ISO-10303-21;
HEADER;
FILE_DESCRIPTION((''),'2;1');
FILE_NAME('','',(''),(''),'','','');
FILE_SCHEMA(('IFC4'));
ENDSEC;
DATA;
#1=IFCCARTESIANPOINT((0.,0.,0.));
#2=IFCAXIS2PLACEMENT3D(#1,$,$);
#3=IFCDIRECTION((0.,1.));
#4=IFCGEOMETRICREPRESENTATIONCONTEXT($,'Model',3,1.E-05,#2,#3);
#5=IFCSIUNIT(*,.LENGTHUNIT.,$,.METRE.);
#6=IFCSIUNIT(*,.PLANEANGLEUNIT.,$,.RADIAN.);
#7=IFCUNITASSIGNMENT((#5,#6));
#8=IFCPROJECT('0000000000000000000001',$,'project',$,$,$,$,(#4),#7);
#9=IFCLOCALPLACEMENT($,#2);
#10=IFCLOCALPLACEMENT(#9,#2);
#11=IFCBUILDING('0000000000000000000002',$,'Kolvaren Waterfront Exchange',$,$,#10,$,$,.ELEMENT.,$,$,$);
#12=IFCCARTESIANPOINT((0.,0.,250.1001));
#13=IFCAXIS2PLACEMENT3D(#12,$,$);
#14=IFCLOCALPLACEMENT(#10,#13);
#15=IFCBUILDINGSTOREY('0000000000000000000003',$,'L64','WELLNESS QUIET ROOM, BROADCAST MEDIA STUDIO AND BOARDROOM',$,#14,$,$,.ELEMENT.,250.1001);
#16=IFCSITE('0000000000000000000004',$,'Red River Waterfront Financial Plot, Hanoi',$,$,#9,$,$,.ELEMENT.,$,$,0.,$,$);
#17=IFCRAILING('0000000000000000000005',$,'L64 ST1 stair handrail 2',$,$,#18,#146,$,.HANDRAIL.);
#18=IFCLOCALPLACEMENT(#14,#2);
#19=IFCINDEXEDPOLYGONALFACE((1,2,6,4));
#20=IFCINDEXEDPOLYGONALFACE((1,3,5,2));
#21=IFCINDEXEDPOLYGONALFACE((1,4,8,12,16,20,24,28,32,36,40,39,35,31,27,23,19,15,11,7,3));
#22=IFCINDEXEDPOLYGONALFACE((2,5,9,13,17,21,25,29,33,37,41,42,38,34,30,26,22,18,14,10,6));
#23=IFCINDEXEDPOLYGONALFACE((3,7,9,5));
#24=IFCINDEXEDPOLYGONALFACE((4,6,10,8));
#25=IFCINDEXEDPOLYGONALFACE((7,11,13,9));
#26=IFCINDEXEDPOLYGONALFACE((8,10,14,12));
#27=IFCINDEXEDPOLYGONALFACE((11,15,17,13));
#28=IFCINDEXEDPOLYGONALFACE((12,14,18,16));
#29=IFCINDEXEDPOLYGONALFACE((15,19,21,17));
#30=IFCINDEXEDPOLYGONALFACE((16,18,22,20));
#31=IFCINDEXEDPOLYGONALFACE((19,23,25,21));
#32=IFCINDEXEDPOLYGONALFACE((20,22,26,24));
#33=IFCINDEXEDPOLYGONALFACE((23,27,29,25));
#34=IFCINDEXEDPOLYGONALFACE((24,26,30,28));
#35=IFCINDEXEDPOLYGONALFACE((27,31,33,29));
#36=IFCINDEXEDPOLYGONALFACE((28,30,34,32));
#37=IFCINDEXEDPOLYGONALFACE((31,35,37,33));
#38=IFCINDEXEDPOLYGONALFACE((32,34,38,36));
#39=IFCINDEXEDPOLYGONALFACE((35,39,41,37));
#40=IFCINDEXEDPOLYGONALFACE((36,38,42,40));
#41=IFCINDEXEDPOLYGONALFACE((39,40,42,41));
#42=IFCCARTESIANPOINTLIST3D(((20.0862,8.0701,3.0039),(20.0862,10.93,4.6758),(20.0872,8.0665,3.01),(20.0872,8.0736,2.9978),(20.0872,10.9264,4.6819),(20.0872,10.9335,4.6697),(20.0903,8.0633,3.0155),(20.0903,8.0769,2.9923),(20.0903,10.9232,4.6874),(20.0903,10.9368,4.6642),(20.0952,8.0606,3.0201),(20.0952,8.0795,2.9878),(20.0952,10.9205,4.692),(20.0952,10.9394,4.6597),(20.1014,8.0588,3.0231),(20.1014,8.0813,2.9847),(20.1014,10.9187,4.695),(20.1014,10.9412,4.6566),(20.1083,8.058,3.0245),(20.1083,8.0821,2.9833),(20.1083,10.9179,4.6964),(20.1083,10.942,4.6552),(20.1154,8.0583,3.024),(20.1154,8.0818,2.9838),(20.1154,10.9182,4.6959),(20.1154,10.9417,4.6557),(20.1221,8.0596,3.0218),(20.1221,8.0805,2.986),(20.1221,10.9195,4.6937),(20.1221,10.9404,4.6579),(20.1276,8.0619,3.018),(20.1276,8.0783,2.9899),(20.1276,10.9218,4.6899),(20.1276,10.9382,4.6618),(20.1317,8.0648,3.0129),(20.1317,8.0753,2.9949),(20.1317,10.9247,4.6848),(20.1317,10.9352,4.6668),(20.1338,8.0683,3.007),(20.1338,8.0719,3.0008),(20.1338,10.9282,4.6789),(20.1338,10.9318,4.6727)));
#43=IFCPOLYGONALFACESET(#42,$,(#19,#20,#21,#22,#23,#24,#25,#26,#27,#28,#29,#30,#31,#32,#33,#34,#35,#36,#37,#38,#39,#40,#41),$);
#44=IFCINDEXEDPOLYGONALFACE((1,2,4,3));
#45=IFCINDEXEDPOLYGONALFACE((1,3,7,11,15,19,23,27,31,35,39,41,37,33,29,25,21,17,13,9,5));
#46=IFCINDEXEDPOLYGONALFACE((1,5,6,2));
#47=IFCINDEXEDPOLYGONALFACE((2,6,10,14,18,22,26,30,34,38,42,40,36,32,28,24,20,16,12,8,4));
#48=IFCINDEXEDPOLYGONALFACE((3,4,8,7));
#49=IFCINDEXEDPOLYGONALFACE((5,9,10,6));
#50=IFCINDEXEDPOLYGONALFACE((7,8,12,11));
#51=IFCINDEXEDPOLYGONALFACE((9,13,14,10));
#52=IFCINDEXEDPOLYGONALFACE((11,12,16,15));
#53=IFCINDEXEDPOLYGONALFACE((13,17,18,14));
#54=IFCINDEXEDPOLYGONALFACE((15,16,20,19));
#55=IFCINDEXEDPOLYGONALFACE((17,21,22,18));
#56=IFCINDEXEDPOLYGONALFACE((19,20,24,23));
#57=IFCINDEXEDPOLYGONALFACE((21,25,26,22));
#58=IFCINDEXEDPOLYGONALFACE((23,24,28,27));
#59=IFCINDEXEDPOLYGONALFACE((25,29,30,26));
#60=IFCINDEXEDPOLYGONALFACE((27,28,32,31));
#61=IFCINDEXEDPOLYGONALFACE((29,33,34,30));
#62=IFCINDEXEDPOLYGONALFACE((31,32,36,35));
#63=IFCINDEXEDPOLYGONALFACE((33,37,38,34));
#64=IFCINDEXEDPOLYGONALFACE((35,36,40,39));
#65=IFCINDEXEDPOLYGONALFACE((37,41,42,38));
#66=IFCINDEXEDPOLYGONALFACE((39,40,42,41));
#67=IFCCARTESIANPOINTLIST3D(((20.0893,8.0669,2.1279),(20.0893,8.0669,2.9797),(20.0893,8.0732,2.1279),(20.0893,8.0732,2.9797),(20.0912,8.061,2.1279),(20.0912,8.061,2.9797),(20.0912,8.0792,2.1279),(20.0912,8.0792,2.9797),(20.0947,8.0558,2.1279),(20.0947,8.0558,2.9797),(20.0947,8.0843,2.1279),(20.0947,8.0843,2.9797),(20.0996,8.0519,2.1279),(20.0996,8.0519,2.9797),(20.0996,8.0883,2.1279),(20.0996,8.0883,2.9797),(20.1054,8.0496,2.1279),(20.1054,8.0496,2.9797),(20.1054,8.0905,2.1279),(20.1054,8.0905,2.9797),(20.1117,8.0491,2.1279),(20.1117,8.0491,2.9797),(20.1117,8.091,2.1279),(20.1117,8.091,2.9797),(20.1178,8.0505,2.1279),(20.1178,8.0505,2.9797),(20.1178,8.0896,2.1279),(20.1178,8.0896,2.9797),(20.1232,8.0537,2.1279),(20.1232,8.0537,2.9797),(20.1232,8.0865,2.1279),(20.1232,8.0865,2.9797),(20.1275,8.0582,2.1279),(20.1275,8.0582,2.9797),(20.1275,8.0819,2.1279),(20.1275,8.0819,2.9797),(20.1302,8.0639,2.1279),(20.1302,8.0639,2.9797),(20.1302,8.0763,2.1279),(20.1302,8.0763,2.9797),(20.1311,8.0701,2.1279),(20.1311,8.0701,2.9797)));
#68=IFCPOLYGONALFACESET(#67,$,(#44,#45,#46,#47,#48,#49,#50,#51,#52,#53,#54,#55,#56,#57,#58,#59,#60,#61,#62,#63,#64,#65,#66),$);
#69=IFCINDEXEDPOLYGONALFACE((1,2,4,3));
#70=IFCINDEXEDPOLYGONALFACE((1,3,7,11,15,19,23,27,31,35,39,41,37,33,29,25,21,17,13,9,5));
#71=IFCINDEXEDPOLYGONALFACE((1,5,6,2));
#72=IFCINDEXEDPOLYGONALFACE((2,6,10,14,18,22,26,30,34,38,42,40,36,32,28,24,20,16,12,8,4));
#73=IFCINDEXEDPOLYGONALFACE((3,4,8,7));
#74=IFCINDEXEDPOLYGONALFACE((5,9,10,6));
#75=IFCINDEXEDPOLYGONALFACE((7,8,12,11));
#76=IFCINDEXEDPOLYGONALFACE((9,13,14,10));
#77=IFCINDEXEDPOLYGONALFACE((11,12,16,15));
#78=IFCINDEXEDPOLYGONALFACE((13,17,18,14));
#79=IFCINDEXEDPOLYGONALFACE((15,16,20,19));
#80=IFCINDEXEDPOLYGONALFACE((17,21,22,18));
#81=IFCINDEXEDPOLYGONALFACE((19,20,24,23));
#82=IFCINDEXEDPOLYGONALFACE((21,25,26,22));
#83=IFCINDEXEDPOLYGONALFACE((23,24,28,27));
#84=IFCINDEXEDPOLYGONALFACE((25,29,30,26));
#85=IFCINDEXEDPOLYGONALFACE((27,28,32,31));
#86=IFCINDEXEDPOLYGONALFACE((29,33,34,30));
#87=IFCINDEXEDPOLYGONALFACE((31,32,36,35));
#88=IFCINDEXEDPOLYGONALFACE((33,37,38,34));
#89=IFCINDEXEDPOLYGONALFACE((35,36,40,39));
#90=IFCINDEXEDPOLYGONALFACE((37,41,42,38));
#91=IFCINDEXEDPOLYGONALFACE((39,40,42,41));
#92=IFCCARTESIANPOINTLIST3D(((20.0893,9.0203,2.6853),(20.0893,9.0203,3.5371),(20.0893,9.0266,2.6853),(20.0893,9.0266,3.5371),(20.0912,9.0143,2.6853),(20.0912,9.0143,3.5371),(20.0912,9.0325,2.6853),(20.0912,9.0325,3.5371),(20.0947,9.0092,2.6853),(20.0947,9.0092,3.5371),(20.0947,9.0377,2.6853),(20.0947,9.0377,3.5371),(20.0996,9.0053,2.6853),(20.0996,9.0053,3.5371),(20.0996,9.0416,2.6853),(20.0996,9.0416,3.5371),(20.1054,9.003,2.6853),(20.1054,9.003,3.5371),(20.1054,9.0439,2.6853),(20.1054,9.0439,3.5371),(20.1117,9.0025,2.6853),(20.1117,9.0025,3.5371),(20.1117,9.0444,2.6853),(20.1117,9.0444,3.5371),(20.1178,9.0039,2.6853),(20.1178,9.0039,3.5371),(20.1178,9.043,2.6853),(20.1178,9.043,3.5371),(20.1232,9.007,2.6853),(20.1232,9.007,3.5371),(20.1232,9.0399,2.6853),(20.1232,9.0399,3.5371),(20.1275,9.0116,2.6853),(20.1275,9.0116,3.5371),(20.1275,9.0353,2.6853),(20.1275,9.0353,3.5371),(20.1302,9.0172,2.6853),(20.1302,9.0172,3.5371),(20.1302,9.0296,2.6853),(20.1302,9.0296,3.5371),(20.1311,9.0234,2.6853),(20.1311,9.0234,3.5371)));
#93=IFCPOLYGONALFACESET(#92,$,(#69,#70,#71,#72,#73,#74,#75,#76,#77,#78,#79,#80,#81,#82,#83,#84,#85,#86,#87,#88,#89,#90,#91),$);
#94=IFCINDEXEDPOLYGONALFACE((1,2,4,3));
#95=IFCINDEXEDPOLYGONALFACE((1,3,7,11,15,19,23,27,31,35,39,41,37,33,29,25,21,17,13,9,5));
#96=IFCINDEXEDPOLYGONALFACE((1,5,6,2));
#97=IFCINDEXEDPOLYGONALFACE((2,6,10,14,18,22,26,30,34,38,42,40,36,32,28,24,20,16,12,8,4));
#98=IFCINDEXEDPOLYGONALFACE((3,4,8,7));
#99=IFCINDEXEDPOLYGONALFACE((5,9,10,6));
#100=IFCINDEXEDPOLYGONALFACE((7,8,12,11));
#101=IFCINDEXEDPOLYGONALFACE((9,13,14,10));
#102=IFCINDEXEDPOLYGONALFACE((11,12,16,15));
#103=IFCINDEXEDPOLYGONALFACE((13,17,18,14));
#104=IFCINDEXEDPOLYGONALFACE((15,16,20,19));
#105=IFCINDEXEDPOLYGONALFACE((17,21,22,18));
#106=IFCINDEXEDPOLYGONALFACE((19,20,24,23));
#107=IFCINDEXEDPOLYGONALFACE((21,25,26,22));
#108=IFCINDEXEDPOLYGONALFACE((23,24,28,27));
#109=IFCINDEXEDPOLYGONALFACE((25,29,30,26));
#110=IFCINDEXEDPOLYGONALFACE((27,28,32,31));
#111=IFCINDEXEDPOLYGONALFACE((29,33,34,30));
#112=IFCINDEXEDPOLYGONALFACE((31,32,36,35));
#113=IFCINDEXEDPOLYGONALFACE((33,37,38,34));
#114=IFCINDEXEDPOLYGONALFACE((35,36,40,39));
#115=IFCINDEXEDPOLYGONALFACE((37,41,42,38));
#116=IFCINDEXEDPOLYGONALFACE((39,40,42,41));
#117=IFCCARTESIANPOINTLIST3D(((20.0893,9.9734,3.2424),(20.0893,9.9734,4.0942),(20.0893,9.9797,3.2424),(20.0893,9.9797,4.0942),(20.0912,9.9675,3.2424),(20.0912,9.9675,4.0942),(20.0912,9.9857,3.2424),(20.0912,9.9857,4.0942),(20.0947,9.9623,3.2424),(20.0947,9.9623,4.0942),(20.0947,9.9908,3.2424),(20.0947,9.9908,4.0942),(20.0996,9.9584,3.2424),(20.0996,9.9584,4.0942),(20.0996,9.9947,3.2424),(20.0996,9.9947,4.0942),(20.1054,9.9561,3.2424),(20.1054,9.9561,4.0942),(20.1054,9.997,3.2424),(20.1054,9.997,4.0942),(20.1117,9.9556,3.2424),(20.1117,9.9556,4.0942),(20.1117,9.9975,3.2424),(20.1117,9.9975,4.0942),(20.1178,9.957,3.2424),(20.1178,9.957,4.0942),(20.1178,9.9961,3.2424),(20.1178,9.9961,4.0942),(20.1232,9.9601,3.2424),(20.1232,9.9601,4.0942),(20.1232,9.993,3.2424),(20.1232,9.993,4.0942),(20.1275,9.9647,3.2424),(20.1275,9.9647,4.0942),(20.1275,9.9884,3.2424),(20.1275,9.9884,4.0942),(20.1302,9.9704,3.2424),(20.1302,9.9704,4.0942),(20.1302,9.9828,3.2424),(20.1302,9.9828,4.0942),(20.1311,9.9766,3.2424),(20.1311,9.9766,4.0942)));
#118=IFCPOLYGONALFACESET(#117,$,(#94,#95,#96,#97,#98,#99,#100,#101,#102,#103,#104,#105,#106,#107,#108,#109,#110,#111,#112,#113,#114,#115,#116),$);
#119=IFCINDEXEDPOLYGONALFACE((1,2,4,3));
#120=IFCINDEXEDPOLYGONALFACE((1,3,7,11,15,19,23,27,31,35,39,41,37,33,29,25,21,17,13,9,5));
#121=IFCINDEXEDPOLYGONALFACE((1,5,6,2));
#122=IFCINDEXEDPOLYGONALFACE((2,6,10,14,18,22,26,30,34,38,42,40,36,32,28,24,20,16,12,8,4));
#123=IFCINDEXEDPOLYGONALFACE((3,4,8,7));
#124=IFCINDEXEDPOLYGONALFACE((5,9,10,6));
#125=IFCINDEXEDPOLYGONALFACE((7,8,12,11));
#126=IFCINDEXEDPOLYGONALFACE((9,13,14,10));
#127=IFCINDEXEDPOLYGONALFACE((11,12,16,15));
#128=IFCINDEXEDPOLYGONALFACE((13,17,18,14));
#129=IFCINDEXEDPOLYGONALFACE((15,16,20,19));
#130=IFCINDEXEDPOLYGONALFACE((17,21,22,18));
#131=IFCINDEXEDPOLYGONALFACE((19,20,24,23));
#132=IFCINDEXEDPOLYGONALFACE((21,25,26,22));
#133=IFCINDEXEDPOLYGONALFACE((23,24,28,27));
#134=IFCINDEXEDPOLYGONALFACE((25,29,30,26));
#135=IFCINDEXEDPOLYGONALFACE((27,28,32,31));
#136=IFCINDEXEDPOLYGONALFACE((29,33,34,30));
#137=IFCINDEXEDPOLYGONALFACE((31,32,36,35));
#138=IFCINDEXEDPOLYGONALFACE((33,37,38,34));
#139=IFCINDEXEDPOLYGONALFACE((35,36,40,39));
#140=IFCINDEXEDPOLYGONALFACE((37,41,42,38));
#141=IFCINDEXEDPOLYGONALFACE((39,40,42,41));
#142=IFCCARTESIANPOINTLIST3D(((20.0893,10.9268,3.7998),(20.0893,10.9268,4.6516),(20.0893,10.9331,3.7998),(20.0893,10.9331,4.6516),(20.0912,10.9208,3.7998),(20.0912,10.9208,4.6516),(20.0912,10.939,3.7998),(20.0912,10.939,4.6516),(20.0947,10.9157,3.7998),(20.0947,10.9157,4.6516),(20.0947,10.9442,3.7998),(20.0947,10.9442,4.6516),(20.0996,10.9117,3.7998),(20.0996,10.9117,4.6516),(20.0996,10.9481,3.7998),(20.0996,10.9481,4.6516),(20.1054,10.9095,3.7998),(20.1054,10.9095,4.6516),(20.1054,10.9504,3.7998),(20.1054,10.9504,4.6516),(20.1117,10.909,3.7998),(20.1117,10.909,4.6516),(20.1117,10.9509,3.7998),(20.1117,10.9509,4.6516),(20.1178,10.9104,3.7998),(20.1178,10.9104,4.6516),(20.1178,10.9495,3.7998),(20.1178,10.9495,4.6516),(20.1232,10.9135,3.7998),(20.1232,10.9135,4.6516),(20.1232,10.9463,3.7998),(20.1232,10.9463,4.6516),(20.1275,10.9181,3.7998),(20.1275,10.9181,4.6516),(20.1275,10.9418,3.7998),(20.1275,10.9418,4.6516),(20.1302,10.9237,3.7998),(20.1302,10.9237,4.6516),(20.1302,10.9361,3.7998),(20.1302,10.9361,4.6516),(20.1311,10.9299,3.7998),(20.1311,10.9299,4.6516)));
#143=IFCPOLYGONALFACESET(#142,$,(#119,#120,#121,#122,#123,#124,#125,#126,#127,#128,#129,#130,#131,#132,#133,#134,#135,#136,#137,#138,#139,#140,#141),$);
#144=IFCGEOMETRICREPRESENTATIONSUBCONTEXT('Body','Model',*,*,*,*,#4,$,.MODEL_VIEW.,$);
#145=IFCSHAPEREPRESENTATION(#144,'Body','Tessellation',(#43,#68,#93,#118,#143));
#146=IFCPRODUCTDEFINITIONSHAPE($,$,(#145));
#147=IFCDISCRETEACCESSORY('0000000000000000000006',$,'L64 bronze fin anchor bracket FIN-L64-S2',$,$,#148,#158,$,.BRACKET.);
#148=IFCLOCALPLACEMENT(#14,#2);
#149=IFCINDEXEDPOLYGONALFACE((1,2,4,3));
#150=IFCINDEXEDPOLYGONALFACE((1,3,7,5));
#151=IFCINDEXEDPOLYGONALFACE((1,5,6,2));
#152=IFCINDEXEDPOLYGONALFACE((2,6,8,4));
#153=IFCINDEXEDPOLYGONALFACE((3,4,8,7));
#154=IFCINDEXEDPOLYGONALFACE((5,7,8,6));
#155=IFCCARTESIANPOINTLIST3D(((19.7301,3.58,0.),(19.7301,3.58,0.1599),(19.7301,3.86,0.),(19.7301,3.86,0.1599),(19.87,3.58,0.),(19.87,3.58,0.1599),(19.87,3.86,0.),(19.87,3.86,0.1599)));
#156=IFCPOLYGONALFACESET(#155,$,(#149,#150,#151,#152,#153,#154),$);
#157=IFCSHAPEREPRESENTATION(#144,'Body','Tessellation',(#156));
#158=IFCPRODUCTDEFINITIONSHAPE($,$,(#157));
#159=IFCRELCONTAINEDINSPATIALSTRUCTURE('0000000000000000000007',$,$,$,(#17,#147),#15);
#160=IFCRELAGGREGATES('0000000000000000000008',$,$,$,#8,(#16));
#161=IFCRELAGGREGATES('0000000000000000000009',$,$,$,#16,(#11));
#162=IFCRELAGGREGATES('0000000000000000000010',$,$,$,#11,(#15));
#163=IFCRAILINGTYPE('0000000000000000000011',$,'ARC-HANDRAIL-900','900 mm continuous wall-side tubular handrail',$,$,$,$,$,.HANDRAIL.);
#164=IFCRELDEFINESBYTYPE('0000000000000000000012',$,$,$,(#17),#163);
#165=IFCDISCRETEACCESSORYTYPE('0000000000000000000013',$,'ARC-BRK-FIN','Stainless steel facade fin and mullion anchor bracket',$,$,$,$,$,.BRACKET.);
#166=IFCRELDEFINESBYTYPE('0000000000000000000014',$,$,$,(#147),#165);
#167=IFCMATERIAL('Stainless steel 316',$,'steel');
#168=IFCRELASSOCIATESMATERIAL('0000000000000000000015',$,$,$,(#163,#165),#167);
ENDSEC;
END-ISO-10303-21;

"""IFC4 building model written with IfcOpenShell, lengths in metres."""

from ifc_helpers import new_model, si_unit, direction, frame, origin, origin_with_axes, origin_2d, place, context, subcontext, project, spatial, rectangle, circle, extrude, source, transform, mapped, material, type_object, element, save


model = new_model("IFC4")

# Units and contexts
model_context = context("Model", 3, precision=1e-05, world=origin(), true_north=direction((0.0, 1.0)))
body_context = subcontext(model_context, "Body", "Model", "MODEL_VIEW")
ifc_project = project(units=[si_unit("LENGTHUNIT", "METRE"), si_unit("PLANEANGLEUNIT", "RADIAN")], contexts=[model_context])

# Site, building, storey
site_placement = place(None, origin())
site = spatial("IfcSite", under=ifc_project, at=site_placement, Name="Red River Waterfront Financial Plot, Hanoi", CompositionType="ELEMENT", RefElevation=0.0)
building_placement = place(site_placement, origin())
building = spatial("IfcBuilding", under=site, at=building_placement, Name="Kolvaren Waterfront Exchange", CompositionType="ELEMENT")
storey_placement = place(building_placement, frame((0.0, 0.0, 250.1001)))
storey = spatial("IfcBuildingStorey", under=building, at=storey_placement, Name="L64", Description="WELLNESS QUIET ROOM, BROADCAST MEDIA STUDIO AND BOARDROOM", CompositionType="ELEMENT", Elevation=250.1001)

# Railing
ifc_material_1 = material(Name="Stainless steel 316", Category="steel")
railing_type_1 = type_object("IfcRailingType", Name="ARC-HANDRAIL-900", Description="900 mm continuous wall-side tubular handrail", PredefinedType="HANDRAIL", material=ifc_material_1)
railing_1_placement = place(storey_placement, frame((20.1101, 8.0701, 2.1279)))
element("IfcRailing", 1, at=railing_1_placement, inside=storey, type_object=railing_type_1, Name="L64 ST1 stair handrail 2", PredefinedType="HANDRAIL", context=body_context, shape_type="SweptSolid", body=[
    extrude(circle(Radius=0.0239, at=origin_2d()), frame((0.0, 0.0, 0.876), z_axis=(0.0, 0.863303, 0.504686), x_axis=(-1.0, 0.0, 0.0)), (0.0, 0.0, 1.0), 3.3127),
    extrude(circle(Radius=0.021, at=origin_2d()), origin(), (0.0, 0.0, 1.0), 0.8518),
    extrude(circle(Radius=0.021, at=origin_2d()), frame((0.0, 0.9534, 0.5574)), (0.0, 0.0, 1.0), 0.8518),
    extrude(circle(Radius=0.021, at=origin_2d()), frame((0.0, 1.9065, 1.1145)), (0.0, 0.0, 1.0), 0.8518),
    extrude(circle(Radius=0.021, at=origin_2d()), frame((0.0, 2.8599, 1.6719)), (0.0, 0.0, 1.0), 0.8518),
])

# Discrete accessory
discrete_accessory_type = type_object("IfcDiscreteAccessoryType", Name="ARC-BRK-FIN", Description="Stainless steel facade fin and mullion anchor bracket", PredefinedType="BRACKET", material=ifc_material_1)
shared_shape_1 = source(origin_with_axes(), body_context, "Body", "SweptSolid", [
    extrude(rectangle(XDim=0.28, YDim=0.1399, at=origin_2d()), origin(), (0.0, 0.0, 1.0), 0.1599),
])
discrete_accessory_placement = place(storey_placement, frame((19.8, 3.72, 0.0), z_axis=(0.0, 0.0, 1.0), x_axis=(0.0, -1.0, 0.0)))
element("IfcDiscreteAccessory", 2, at=discrete_accessory_placement, inside=storey, type_object=discrete_accessory_type, Name="L64 bronze fin anchor bracket FIN-L64-S2", PredefinedType="BRACKET", context=body_context, shape_type="MappedRepresentation", body=[
    mapped(shared_shape_1, transform((0.0, 0.0, 0.0), x_axis=(1.0, 0.0, 0.0), y_axis=(0.0, 1.0, 0.0), z_axis=(0.0, 0.0, 1.0), scale=1.0)),
])

save(model, "model.ifc")
